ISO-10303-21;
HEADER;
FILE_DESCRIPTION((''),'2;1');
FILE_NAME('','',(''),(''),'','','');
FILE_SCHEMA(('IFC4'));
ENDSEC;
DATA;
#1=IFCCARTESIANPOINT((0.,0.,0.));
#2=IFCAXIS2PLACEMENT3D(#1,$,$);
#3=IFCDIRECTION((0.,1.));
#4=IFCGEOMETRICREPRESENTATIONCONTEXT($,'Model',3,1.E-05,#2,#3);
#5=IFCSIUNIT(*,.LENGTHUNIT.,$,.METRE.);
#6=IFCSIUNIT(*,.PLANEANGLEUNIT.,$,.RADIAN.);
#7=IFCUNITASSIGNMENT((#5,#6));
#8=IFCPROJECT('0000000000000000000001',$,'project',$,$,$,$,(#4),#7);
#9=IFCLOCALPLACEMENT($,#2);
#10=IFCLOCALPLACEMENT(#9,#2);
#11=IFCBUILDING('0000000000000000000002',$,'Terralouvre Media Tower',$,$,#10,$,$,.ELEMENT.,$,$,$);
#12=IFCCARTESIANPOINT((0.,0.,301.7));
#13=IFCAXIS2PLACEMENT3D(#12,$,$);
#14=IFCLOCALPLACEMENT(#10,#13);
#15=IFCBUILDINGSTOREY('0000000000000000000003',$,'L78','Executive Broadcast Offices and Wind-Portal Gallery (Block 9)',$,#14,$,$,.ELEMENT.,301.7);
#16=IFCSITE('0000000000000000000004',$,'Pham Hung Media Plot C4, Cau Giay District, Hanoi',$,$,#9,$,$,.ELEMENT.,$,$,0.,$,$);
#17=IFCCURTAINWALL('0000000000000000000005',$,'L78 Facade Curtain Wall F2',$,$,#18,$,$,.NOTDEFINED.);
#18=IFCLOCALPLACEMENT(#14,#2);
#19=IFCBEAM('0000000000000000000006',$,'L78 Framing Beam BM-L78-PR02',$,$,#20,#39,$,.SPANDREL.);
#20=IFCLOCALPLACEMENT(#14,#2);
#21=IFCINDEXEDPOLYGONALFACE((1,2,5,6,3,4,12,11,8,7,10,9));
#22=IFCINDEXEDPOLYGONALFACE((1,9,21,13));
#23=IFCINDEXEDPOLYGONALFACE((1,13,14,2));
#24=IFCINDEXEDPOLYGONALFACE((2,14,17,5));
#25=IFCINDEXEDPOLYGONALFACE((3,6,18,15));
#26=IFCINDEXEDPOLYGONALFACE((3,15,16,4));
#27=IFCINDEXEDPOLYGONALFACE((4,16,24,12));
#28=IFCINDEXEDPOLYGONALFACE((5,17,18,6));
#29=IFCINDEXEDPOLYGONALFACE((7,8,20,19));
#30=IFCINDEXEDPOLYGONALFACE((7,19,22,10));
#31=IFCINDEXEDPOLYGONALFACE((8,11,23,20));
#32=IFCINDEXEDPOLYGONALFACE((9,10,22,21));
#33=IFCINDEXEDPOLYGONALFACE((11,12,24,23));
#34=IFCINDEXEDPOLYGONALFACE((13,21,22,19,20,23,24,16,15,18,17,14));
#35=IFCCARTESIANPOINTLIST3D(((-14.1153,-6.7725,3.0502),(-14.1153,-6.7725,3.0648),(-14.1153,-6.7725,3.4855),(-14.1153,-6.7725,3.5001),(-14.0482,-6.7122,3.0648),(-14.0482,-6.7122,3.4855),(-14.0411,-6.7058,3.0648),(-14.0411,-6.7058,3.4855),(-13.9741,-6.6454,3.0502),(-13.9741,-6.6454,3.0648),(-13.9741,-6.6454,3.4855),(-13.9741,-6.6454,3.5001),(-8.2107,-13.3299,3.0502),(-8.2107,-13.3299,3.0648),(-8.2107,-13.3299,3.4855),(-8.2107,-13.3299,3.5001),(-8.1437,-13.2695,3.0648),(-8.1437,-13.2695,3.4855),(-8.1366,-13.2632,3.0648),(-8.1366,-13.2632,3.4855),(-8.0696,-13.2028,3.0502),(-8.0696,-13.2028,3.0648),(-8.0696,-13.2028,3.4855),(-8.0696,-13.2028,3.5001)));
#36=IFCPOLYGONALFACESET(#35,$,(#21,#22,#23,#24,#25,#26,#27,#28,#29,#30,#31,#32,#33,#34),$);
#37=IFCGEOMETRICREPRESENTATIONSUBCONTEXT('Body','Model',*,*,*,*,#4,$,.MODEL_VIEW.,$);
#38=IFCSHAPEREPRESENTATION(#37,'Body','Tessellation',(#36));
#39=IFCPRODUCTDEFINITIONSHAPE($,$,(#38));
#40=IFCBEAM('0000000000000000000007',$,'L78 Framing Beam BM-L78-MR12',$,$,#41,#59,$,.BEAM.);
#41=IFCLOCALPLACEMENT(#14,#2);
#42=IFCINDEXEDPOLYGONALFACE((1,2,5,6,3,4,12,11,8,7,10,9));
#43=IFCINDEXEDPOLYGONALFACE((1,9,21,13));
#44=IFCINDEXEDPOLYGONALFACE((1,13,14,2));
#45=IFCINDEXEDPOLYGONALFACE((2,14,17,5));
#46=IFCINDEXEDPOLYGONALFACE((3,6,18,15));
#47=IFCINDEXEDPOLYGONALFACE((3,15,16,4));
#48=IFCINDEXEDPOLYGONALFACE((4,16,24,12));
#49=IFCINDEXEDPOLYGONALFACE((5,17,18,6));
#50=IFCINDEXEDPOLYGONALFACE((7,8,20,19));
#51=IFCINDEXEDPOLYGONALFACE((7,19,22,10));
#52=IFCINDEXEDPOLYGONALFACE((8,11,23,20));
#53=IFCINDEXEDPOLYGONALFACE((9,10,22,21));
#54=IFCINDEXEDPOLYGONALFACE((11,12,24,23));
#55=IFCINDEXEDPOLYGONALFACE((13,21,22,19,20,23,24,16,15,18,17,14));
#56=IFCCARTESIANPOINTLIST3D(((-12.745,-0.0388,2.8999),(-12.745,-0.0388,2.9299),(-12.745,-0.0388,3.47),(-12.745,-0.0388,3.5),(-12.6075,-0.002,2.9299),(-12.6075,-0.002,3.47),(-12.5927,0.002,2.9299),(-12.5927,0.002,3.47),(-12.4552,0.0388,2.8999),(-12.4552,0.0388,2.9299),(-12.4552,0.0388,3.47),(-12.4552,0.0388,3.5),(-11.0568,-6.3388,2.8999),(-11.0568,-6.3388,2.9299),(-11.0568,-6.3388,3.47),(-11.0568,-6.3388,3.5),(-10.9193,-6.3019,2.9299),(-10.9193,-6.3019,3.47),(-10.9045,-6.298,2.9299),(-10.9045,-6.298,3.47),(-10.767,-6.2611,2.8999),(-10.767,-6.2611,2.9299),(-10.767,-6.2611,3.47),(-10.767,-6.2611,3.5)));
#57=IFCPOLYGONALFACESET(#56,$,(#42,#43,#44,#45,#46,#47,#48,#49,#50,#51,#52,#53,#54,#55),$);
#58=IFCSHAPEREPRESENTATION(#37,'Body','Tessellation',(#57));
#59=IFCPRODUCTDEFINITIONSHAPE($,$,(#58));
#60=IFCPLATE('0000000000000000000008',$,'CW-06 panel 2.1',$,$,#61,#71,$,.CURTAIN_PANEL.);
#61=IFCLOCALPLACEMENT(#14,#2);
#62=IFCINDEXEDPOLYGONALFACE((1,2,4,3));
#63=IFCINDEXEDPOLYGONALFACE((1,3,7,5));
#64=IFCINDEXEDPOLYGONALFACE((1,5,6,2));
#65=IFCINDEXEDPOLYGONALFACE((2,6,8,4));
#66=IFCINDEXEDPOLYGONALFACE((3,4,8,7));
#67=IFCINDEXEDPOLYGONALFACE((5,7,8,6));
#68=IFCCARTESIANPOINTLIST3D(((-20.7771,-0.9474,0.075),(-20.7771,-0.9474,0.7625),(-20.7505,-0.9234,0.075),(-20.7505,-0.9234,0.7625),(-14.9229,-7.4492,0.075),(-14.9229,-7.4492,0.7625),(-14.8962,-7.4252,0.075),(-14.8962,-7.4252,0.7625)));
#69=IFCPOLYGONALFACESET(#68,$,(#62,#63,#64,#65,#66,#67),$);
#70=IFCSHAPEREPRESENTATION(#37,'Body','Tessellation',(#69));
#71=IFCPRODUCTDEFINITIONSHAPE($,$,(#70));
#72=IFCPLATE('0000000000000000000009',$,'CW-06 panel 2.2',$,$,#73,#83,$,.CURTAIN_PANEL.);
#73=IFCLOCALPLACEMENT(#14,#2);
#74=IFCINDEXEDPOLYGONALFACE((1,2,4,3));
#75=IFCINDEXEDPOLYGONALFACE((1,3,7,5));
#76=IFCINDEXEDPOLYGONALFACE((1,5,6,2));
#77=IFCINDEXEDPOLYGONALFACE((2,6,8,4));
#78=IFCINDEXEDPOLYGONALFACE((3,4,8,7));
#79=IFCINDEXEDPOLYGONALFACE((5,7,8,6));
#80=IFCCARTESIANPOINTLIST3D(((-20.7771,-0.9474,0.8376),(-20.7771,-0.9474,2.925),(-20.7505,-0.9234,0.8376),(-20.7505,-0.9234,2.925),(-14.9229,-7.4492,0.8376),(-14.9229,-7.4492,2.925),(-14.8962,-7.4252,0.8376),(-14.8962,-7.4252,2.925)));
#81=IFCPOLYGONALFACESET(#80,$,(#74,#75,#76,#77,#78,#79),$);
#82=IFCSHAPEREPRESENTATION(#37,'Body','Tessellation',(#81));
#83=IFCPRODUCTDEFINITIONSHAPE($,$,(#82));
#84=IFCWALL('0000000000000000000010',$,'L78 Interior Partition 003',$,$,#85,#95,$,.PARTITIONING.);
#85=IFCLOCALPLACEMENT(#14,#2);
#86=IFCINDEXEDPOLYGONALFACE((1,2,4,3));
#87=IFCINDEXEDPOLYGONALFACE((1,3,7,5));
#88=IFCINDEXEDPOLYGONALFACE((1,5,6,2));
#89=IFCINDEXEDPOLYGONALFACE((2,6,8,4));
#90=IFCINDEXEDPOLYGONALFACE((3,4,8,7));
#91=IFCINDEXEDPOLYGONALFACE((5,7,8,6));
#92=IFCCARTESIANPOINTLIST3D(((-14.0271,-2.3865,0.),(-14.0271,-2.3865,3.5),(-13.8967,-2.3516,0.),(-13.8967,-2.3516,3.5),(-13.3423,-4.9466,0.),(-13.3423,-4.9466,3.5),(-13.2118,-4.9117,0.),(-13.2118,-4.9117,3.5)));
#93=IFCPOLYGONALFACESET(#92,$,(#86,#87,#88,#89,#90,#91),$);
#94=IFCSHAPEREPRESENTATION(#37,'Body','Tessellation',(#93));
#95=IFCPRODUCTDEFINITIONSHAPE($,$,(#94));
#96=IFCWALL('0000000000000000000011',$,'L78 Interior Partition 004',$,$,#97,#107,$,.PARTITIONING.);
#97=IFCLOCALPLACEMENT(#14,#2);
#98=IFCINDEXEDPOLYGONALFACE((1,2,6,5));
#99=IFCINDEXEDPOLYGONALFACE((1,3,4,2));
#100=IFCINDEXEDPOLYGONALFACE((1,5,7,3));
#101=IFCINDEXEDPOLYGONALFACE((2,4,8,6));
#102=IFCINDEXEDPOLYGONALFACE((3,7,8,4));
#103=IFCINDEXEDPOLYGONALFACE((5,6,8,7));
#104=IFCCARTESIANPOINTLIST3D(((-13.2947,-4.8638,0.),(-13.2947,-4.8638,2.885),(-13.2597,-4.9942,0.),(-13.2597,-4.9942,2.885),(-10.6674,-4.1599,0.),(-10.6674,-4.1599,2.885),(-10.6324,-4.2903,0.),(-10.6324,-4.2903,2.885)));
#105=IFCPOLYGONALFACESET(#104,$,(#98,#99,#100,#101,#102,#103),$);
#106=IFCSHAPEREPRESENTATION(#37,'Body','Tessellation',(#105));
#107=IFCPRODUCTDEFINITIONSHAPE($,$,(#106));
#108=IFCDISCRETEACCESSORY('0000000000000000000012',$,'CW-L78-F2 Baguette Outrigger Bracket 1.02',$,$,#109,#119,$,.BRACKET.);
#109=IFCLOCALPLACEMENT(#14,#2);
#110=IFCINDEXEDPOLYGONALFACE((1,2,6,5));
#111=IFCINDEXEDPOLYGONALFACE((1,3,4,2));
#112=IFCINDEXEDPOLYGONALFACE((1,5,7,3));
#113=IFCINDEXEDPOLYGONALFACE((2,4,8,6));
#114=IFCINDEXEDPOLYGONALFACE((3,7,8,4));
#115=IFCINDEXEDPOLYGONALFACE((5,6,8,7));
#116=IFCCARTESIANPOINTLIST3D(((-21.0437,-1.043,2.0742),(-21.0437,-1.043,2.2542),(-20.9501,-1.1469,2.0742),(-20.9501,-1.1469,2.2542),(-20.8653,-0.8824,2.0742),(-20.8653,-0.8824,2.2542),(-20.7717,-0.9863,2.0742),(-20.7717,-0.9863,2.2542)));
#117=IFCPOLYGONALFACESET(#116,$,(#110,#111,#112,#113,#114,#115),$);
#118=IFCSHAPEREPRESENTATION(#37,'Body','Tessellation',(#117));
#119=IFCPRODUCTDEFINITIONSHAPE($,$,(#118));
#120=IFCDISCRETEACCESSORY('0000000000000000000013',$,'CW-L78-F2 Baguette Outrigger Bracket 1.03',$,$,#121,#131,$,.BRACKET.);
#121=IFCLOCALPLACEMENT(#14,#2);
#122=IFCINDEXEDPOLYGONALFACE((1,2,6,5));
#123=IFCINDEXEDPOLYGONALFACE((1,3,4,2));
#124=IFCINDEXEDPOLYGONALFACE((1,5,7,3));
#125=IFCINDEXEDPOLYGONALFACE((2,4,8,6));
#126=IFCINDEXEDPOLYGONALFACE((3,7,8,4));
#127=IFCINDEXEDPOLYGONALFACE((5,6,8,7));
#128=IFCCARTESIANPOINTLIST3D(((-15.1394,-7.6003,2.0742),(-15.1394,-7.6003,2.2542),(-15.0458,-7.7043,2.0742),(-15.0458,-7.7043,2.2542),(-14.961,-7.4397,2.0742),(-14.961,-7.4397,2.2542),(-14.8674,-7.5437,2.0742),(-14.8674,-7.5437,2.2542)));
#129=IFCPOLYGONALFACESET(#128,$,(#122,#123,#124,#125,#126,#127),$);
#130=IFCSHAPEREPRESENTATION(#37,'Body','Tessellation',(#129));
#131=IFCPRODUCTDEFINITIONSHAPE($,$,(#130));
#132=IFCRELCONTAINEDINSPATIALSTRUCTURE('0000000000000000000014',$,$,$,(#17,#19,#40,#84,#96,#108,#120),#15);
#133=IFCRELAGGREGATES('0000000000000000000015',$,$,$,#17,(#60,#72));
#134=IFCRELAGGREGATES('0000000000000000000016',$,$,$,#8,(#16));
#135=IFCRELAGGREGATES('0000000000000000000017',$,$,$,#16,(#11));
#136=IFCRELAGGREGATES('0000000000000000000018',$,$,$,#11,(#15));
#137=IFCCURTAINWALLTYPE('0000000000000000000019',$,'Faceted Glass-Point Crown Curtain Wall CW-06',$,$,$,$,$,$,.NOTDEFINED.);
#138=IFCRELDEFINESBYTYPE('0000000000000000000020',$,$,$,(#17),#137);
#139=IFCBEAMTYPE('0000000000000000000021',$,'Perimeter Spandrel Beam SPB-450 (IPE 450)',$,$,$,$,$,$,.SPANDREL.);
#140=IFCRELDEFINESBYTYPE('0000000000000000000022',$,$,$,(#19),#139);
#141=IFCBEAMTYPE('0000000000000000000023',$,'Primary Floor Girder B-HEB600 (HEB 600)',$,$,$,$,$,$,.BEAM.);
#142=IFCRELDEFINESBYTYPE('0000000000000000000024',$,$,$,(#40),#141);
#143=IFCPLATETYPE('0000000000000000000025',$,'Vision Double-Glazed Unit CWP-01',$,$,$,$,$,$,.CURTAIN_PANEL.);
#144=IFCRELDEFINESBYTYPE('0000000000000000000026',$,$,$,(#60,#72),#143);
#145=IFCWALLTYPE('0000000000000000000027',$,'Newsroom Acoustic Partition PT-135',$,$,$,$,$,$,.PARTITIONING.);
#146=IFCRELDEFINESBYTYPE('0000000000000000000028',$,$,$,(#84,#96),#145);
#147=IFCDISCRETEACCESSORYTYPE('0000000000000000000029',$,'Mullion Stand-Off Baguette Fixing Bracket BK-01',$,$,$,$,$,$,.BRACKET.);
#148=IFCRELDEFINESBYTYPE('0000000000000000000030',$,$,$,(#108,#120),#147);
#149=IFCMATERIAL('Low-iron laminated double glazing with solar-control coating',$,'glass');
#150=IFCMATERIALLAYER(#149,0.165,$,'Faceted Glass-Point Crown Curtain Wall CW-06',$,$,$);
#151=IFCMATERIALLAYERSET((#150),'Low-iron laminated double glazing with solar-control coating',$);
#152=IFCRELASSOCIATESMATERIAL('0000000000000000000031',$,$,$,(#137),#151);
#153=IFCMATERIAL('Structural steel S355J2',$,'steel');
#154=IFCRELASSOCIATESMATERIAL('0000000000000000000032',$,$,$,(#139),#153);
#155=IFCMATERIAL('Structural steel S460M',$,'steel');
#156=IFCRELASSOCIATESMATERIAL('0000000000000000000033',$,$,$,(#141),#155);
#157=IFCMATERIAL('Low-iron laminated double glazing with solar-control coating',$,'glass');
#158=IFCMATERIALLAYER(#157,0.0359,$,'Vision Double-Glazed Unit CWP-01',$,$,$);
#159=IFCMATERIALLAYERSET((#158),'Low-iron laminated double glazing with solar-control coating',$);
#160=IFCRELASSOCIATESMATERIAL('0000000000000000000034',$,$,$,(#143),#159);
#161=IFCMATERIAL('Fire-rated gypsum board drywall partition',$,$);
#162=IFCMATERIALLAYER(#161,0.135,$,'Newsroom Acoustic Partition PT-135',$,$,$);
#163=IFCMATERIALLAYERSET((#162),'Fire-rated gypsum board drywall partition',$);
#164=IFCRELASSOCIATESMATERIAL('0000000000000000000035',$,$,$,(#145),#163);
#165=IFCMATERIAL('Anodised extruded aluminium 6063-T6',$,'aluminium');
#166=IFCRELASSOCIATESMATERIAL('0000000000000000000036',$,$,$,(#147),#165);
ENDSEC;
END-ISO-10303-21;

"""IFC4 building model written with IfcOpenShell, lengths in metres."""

from ifc_helpers import new_model, si_unit, direction, frame, frame_2d, origin, origin_2d, place, context, subcontext, project, spatial, rectangle, i_section, extrude, material, layer, layer_set, material_profile, profile_set, type_object, element, aggregate, save


model = new_model("IFC4")

# Units and contexts
model_context = context("Model", 3, precision=1e-05, world=origin(), true_north=direction((0.0, 1.0)))
body_context = subcontext(model_context, "Body", "Model", "MODEL_VIEW")
ifc_project = project(units=[si_unit("LENGTHUNIT", "METRE"), si_unit("PLANEANGLEUNIT", "RADIAN")], contexts=[model_context])

# Site, building, storey
site_placement = place(None, origin())
site = spatial("IfcSite", under=ifc_project, at=site_placement, Name="Pham Hung Media Plot C4, Cau Giay District, Hanoi", CompositionType="ELEMENT", RefElevation=0.0)
building_placement = place(site_placement, origin())
building = spatial("IfcBuilding", under=site, at=building_placement, Name="Terralouvre Media Tower", CompositionType="ELEMENT")
storey_placement = place(building_placement, frame((0.0, 0.0, 301.7)))
storey = spatial("IfcBuildingStorey", under=building, at=storey_placement, Name="L78", Description="Executive Broadcast Offices and Wind-Portal Gallery (Block 9)", CompositionType="ELEMENT", Elevation=301.7)

# Curtain wall
ifc_material_1 = material(Name="Low-iron laminated double glazing with solar-control coating", Category="glass")
ifc_layer_1 = layer(ifc_material_1, 0.165, Name="Faceted Glass-Point Crown Curtain Wall CW-06")
ifc_layer_set_1 = layer_set([ifc_layer_1], Name="Low-iron laminated double glazing with solar-control coating")
curtain_wall_type = type_object("IfcCurtainWallType", Name="Faceted Glass-Point Crown Curtain Wall CW-06", PredefinedType="NOTDEFINED", material=ifc_layer_set_1)
curtain_wall_placement = place(storey_placement, origin())
curtain_wall = element("IfcCurtainWall", 1, at=curtain_wall_placement, inside=storey, type_object=curtain_wall_type, Name="L78 Facade Curtain Wall F2", PredefinedType="NOTDEFINED")

# Beams
ifc_material_2 = material(Name="Structural steel S355J2", Category="steel")
ifc_material_profile_1 = material_profile(ifc_material_2, i_section(OverallWidth=0.1899, OverallDepth=0.45, WebThickness=0.0095, FlangeThickness=0.0146, at=origin_2d()), Name="IPE 450")
ifc_profile_set_1 = profile_set([ifc_material_profile_1], Name="Structural steel S355J2")
beam_type_1 = type_object("IfcBeamType", Name="Perimeter Spandrel Beam SPB-450 (IPE 450)", PredefinedType="SPANDREL", material=ifc_profile_set_1)
for number, where, z_axis, x_axis, name in (
    (2, (-14.0447, -6.709, 3.2751), (0.669147, -0.74313, 0.0), (0.74313, 0.669147, 0.0), "L78 Framing Beam BM-L78-PR02"),
):
    element("IfcBeam", number, at=place(storey_placement, frame(where, z_axis=z_axis, x_axis=x_axis)), inside=storey, type_object=beam_type_1, Name=name, PredefinedType="SPANDREL", context=body_context, shape_type="SweptSolid", body=[
        extrude(i_section(OverallWidth=0.1899, OverallDepth=0.45, WebThickness=0.0095, FlangeThickness=0.0146, at=origin_2d()), origin(), (0.0, 0.0, 1.0), 8.824),
    ])
ifc_material_3 = material(Name="Structural steel S460M", Category="steel")
ifc_material_profile_2 = material_profile(ifc_material_3, i_section(OverallWidth=0.3, OverallDepth=0.6001, WebThickness=0.0154, FlangeThickness=0.03, at=origin_2d()), Name="HEB 600")
ifc_profile_set_2 = profile_set([ifc_material_profile_2], Name="Structural steel S460M")
beam_type_2 = type_object("IfcBeamType", Name="Primary Floor Girder B-HEB600 (HEB 600)", PredefinedType="BEAM", material=ifc_profile_set_2)
beam_placement = place(storey_placement, frame((-12.6001, 0.0, 3.2), z_axis=(0.258839, -0.96592, 0.0), x_axis=(0.96592, 0.258839, 0.0)))
element("IfcBeam", 3, at=beam_placement, inside=storey, type_object=beam_type_2, Name="L78 Framing Beam BM-L78-MR12", PredefinedType="BEAM", context=body_context, shape_type="SweptSolid", body=[
    extrude(i_section(OverallWidth=0.3, OverallDepth=0.6001, WebThickness=0.0154, FlangeThickness=0.03, at=origin_2d()), origin(), (0.0, 0.0, 1.0), 6.5222),
])

# Plates
ifc_material_4 = material(Name="Low-iron laminated double glazing with solar-control coating", Category="glass")
ifc_layer_2 = layer(ifc_material_4, 0.0359, Name="Vision Double-Glazed Unit CWP-01")
ifc_layer_set_2 = layer_set([ifc_layer_2], Name="Low-iron laminated double glazing with solar-control coating")
plate_type = type_object("IfcPlateType", Name="Vision Double-Glazed Unit CWP-01", PredefinedType="CURTAIN_PANEL", material=ifc_layer_set_2)
plate_1_placement = place(storey_placement, frame((-17.8367, -4.1863, 0.075), z_axis=(0.0, 0.0, 1.0), x_axis=(0.669131, -0.743145, 0.0)))
plate_1 = element("IfcPlate", 4, at=plate_1_placement, type_object=plate_type, Name="CW-06 panel 2.1", PredefinedType="CURTAIN_PANEL", context=body_context, shape_type="SweptSolid", body=[
    extrude(rectangle(XDim=8.749, YDim=0.0359, at=origin_2d()), origin(), (0.0, 0.0, 1.0), 0.6875),
])
plate_2_placement = place(storey_placement, frame((-17.8367, -4.1863, 0.8376), z_axis=(0.0, 0.0, 1.0), x_axis=(0.669131, -0.743145, 0.0)))
plate_2 = element("IfcPlate", 5, at=plate_2_placement, type_object=plate_type, Name="CW-06 panel 2.2", PredefinedType="CURTAIN_PANEL", context=body_context, shape_type="SweptSolid", body=[
    extrude(rectangle(XDim=8.749, YDim=0.0359, at=origin_2d()), origin(), (0.0, 0.0, 1.0), 2.0874),
])
aggregate(curtain_wall, [plate_1, plate_2])

# Walls
ifc_material_5 = material(Name="Fire-rated gypsum board drywall partition")
ifc_layer_3 = layer(ifc_material_5, 0.135, Name="Newsroom Acoustic Partition PT-135")
ifc_layer_set_3 = layer_set([ifc_layer_3], Name="Fire-rated gypsum board drywall partition")
wall_type = type_object("IfcWallType", Name="Newsroom Acoustic Partition PT-135", PredefinedType="PARTITIONING", material=ifc_layer_set_3)
wall_1_placement = place(storey_placement, frame((-13.9619, -2.3689, 0.0), z_axis=(0.0, 0.0, 1.0), x_axis=(0.258414, -0.966034, 0.0)))
element("IfcWall", 6, at=wall_1_placement, inside=storey, type_object=wall_type, Name="L78 Interior Partition 003", PredefinedType="PARTITIONING", context=body_context, shape_type="SweptSolid", body=[
    extrude(rectangle(XDim=2.6501, YDim=0.135, at=frame_2d((1.3252, 0.0))), origin(), (0.0, 0.0, 1.0), 3.5),
])
wall_2_placement = place(storey_placement, frame((-13.2771, -4.929, 0.0), z_axis=(0.0, 0.0, 1.0), x_axis=(0.965935, 0.258785, 0.0)))
element("IfcWall", 7, at=wall_2_placement, inside=storey, type_object=wall_type, Name="L78 Interior Partition 004", PredefinedType="PARTITIONING", context=body_context, shape_type="SweptSolid", body=[
    extrude(rectangle(XDim=2.72, YDim=0.135, at=frame_2d((1.3599, 0.0))), origin(), (0.0, 0.0, 1.0), 2.885),
])

# Discrete accessories
ifc_material_6 = material(Name="Anodised extruded aluminium 6063-T6", Category="aluminium")
discrete_accessory_type = type_object("IfcDiscreteAccessoryType", Name="Mullion Stand-Off Baguette Fixing Bracket BK-01", PredefinedType="BRACKET", material=ifc_material_6)
for number, where, z_axis, x_axis, name in (
    (8, (-20.9077, -1.0146, 2.0742), (0.0, 0.0, 1.0), (0.669131, -0.743145, 0.0), "CW-L78-F2 Baguette Outrigger Bracket 1.02"),
    (9, (-15.0034, -7.572, 2.0742), (0.0, 0.0, 1.0), (0.669131, -0.743145, 0.0), "CW-L78-F2 Baguette Outrigger Bracket 1.03"),
):
    element("IfcDiscreteAccessory", number, at=place(storey_placement, frame(where, z_axis=z_axis, x_axis=x_axis)), inside=storey, type_object=discrete_accessory_type, Name=name, PredefinedType="BRACKET", context=body_context, shape_type="SweptSolid", body=[
        extrude(rectangle(XDim=0.1399, YDim=0.24, at=origin_2d()), origin(), (0.0, 0.0, 1.0), 0.1799),
    ])

save(model, "model.ifc")
